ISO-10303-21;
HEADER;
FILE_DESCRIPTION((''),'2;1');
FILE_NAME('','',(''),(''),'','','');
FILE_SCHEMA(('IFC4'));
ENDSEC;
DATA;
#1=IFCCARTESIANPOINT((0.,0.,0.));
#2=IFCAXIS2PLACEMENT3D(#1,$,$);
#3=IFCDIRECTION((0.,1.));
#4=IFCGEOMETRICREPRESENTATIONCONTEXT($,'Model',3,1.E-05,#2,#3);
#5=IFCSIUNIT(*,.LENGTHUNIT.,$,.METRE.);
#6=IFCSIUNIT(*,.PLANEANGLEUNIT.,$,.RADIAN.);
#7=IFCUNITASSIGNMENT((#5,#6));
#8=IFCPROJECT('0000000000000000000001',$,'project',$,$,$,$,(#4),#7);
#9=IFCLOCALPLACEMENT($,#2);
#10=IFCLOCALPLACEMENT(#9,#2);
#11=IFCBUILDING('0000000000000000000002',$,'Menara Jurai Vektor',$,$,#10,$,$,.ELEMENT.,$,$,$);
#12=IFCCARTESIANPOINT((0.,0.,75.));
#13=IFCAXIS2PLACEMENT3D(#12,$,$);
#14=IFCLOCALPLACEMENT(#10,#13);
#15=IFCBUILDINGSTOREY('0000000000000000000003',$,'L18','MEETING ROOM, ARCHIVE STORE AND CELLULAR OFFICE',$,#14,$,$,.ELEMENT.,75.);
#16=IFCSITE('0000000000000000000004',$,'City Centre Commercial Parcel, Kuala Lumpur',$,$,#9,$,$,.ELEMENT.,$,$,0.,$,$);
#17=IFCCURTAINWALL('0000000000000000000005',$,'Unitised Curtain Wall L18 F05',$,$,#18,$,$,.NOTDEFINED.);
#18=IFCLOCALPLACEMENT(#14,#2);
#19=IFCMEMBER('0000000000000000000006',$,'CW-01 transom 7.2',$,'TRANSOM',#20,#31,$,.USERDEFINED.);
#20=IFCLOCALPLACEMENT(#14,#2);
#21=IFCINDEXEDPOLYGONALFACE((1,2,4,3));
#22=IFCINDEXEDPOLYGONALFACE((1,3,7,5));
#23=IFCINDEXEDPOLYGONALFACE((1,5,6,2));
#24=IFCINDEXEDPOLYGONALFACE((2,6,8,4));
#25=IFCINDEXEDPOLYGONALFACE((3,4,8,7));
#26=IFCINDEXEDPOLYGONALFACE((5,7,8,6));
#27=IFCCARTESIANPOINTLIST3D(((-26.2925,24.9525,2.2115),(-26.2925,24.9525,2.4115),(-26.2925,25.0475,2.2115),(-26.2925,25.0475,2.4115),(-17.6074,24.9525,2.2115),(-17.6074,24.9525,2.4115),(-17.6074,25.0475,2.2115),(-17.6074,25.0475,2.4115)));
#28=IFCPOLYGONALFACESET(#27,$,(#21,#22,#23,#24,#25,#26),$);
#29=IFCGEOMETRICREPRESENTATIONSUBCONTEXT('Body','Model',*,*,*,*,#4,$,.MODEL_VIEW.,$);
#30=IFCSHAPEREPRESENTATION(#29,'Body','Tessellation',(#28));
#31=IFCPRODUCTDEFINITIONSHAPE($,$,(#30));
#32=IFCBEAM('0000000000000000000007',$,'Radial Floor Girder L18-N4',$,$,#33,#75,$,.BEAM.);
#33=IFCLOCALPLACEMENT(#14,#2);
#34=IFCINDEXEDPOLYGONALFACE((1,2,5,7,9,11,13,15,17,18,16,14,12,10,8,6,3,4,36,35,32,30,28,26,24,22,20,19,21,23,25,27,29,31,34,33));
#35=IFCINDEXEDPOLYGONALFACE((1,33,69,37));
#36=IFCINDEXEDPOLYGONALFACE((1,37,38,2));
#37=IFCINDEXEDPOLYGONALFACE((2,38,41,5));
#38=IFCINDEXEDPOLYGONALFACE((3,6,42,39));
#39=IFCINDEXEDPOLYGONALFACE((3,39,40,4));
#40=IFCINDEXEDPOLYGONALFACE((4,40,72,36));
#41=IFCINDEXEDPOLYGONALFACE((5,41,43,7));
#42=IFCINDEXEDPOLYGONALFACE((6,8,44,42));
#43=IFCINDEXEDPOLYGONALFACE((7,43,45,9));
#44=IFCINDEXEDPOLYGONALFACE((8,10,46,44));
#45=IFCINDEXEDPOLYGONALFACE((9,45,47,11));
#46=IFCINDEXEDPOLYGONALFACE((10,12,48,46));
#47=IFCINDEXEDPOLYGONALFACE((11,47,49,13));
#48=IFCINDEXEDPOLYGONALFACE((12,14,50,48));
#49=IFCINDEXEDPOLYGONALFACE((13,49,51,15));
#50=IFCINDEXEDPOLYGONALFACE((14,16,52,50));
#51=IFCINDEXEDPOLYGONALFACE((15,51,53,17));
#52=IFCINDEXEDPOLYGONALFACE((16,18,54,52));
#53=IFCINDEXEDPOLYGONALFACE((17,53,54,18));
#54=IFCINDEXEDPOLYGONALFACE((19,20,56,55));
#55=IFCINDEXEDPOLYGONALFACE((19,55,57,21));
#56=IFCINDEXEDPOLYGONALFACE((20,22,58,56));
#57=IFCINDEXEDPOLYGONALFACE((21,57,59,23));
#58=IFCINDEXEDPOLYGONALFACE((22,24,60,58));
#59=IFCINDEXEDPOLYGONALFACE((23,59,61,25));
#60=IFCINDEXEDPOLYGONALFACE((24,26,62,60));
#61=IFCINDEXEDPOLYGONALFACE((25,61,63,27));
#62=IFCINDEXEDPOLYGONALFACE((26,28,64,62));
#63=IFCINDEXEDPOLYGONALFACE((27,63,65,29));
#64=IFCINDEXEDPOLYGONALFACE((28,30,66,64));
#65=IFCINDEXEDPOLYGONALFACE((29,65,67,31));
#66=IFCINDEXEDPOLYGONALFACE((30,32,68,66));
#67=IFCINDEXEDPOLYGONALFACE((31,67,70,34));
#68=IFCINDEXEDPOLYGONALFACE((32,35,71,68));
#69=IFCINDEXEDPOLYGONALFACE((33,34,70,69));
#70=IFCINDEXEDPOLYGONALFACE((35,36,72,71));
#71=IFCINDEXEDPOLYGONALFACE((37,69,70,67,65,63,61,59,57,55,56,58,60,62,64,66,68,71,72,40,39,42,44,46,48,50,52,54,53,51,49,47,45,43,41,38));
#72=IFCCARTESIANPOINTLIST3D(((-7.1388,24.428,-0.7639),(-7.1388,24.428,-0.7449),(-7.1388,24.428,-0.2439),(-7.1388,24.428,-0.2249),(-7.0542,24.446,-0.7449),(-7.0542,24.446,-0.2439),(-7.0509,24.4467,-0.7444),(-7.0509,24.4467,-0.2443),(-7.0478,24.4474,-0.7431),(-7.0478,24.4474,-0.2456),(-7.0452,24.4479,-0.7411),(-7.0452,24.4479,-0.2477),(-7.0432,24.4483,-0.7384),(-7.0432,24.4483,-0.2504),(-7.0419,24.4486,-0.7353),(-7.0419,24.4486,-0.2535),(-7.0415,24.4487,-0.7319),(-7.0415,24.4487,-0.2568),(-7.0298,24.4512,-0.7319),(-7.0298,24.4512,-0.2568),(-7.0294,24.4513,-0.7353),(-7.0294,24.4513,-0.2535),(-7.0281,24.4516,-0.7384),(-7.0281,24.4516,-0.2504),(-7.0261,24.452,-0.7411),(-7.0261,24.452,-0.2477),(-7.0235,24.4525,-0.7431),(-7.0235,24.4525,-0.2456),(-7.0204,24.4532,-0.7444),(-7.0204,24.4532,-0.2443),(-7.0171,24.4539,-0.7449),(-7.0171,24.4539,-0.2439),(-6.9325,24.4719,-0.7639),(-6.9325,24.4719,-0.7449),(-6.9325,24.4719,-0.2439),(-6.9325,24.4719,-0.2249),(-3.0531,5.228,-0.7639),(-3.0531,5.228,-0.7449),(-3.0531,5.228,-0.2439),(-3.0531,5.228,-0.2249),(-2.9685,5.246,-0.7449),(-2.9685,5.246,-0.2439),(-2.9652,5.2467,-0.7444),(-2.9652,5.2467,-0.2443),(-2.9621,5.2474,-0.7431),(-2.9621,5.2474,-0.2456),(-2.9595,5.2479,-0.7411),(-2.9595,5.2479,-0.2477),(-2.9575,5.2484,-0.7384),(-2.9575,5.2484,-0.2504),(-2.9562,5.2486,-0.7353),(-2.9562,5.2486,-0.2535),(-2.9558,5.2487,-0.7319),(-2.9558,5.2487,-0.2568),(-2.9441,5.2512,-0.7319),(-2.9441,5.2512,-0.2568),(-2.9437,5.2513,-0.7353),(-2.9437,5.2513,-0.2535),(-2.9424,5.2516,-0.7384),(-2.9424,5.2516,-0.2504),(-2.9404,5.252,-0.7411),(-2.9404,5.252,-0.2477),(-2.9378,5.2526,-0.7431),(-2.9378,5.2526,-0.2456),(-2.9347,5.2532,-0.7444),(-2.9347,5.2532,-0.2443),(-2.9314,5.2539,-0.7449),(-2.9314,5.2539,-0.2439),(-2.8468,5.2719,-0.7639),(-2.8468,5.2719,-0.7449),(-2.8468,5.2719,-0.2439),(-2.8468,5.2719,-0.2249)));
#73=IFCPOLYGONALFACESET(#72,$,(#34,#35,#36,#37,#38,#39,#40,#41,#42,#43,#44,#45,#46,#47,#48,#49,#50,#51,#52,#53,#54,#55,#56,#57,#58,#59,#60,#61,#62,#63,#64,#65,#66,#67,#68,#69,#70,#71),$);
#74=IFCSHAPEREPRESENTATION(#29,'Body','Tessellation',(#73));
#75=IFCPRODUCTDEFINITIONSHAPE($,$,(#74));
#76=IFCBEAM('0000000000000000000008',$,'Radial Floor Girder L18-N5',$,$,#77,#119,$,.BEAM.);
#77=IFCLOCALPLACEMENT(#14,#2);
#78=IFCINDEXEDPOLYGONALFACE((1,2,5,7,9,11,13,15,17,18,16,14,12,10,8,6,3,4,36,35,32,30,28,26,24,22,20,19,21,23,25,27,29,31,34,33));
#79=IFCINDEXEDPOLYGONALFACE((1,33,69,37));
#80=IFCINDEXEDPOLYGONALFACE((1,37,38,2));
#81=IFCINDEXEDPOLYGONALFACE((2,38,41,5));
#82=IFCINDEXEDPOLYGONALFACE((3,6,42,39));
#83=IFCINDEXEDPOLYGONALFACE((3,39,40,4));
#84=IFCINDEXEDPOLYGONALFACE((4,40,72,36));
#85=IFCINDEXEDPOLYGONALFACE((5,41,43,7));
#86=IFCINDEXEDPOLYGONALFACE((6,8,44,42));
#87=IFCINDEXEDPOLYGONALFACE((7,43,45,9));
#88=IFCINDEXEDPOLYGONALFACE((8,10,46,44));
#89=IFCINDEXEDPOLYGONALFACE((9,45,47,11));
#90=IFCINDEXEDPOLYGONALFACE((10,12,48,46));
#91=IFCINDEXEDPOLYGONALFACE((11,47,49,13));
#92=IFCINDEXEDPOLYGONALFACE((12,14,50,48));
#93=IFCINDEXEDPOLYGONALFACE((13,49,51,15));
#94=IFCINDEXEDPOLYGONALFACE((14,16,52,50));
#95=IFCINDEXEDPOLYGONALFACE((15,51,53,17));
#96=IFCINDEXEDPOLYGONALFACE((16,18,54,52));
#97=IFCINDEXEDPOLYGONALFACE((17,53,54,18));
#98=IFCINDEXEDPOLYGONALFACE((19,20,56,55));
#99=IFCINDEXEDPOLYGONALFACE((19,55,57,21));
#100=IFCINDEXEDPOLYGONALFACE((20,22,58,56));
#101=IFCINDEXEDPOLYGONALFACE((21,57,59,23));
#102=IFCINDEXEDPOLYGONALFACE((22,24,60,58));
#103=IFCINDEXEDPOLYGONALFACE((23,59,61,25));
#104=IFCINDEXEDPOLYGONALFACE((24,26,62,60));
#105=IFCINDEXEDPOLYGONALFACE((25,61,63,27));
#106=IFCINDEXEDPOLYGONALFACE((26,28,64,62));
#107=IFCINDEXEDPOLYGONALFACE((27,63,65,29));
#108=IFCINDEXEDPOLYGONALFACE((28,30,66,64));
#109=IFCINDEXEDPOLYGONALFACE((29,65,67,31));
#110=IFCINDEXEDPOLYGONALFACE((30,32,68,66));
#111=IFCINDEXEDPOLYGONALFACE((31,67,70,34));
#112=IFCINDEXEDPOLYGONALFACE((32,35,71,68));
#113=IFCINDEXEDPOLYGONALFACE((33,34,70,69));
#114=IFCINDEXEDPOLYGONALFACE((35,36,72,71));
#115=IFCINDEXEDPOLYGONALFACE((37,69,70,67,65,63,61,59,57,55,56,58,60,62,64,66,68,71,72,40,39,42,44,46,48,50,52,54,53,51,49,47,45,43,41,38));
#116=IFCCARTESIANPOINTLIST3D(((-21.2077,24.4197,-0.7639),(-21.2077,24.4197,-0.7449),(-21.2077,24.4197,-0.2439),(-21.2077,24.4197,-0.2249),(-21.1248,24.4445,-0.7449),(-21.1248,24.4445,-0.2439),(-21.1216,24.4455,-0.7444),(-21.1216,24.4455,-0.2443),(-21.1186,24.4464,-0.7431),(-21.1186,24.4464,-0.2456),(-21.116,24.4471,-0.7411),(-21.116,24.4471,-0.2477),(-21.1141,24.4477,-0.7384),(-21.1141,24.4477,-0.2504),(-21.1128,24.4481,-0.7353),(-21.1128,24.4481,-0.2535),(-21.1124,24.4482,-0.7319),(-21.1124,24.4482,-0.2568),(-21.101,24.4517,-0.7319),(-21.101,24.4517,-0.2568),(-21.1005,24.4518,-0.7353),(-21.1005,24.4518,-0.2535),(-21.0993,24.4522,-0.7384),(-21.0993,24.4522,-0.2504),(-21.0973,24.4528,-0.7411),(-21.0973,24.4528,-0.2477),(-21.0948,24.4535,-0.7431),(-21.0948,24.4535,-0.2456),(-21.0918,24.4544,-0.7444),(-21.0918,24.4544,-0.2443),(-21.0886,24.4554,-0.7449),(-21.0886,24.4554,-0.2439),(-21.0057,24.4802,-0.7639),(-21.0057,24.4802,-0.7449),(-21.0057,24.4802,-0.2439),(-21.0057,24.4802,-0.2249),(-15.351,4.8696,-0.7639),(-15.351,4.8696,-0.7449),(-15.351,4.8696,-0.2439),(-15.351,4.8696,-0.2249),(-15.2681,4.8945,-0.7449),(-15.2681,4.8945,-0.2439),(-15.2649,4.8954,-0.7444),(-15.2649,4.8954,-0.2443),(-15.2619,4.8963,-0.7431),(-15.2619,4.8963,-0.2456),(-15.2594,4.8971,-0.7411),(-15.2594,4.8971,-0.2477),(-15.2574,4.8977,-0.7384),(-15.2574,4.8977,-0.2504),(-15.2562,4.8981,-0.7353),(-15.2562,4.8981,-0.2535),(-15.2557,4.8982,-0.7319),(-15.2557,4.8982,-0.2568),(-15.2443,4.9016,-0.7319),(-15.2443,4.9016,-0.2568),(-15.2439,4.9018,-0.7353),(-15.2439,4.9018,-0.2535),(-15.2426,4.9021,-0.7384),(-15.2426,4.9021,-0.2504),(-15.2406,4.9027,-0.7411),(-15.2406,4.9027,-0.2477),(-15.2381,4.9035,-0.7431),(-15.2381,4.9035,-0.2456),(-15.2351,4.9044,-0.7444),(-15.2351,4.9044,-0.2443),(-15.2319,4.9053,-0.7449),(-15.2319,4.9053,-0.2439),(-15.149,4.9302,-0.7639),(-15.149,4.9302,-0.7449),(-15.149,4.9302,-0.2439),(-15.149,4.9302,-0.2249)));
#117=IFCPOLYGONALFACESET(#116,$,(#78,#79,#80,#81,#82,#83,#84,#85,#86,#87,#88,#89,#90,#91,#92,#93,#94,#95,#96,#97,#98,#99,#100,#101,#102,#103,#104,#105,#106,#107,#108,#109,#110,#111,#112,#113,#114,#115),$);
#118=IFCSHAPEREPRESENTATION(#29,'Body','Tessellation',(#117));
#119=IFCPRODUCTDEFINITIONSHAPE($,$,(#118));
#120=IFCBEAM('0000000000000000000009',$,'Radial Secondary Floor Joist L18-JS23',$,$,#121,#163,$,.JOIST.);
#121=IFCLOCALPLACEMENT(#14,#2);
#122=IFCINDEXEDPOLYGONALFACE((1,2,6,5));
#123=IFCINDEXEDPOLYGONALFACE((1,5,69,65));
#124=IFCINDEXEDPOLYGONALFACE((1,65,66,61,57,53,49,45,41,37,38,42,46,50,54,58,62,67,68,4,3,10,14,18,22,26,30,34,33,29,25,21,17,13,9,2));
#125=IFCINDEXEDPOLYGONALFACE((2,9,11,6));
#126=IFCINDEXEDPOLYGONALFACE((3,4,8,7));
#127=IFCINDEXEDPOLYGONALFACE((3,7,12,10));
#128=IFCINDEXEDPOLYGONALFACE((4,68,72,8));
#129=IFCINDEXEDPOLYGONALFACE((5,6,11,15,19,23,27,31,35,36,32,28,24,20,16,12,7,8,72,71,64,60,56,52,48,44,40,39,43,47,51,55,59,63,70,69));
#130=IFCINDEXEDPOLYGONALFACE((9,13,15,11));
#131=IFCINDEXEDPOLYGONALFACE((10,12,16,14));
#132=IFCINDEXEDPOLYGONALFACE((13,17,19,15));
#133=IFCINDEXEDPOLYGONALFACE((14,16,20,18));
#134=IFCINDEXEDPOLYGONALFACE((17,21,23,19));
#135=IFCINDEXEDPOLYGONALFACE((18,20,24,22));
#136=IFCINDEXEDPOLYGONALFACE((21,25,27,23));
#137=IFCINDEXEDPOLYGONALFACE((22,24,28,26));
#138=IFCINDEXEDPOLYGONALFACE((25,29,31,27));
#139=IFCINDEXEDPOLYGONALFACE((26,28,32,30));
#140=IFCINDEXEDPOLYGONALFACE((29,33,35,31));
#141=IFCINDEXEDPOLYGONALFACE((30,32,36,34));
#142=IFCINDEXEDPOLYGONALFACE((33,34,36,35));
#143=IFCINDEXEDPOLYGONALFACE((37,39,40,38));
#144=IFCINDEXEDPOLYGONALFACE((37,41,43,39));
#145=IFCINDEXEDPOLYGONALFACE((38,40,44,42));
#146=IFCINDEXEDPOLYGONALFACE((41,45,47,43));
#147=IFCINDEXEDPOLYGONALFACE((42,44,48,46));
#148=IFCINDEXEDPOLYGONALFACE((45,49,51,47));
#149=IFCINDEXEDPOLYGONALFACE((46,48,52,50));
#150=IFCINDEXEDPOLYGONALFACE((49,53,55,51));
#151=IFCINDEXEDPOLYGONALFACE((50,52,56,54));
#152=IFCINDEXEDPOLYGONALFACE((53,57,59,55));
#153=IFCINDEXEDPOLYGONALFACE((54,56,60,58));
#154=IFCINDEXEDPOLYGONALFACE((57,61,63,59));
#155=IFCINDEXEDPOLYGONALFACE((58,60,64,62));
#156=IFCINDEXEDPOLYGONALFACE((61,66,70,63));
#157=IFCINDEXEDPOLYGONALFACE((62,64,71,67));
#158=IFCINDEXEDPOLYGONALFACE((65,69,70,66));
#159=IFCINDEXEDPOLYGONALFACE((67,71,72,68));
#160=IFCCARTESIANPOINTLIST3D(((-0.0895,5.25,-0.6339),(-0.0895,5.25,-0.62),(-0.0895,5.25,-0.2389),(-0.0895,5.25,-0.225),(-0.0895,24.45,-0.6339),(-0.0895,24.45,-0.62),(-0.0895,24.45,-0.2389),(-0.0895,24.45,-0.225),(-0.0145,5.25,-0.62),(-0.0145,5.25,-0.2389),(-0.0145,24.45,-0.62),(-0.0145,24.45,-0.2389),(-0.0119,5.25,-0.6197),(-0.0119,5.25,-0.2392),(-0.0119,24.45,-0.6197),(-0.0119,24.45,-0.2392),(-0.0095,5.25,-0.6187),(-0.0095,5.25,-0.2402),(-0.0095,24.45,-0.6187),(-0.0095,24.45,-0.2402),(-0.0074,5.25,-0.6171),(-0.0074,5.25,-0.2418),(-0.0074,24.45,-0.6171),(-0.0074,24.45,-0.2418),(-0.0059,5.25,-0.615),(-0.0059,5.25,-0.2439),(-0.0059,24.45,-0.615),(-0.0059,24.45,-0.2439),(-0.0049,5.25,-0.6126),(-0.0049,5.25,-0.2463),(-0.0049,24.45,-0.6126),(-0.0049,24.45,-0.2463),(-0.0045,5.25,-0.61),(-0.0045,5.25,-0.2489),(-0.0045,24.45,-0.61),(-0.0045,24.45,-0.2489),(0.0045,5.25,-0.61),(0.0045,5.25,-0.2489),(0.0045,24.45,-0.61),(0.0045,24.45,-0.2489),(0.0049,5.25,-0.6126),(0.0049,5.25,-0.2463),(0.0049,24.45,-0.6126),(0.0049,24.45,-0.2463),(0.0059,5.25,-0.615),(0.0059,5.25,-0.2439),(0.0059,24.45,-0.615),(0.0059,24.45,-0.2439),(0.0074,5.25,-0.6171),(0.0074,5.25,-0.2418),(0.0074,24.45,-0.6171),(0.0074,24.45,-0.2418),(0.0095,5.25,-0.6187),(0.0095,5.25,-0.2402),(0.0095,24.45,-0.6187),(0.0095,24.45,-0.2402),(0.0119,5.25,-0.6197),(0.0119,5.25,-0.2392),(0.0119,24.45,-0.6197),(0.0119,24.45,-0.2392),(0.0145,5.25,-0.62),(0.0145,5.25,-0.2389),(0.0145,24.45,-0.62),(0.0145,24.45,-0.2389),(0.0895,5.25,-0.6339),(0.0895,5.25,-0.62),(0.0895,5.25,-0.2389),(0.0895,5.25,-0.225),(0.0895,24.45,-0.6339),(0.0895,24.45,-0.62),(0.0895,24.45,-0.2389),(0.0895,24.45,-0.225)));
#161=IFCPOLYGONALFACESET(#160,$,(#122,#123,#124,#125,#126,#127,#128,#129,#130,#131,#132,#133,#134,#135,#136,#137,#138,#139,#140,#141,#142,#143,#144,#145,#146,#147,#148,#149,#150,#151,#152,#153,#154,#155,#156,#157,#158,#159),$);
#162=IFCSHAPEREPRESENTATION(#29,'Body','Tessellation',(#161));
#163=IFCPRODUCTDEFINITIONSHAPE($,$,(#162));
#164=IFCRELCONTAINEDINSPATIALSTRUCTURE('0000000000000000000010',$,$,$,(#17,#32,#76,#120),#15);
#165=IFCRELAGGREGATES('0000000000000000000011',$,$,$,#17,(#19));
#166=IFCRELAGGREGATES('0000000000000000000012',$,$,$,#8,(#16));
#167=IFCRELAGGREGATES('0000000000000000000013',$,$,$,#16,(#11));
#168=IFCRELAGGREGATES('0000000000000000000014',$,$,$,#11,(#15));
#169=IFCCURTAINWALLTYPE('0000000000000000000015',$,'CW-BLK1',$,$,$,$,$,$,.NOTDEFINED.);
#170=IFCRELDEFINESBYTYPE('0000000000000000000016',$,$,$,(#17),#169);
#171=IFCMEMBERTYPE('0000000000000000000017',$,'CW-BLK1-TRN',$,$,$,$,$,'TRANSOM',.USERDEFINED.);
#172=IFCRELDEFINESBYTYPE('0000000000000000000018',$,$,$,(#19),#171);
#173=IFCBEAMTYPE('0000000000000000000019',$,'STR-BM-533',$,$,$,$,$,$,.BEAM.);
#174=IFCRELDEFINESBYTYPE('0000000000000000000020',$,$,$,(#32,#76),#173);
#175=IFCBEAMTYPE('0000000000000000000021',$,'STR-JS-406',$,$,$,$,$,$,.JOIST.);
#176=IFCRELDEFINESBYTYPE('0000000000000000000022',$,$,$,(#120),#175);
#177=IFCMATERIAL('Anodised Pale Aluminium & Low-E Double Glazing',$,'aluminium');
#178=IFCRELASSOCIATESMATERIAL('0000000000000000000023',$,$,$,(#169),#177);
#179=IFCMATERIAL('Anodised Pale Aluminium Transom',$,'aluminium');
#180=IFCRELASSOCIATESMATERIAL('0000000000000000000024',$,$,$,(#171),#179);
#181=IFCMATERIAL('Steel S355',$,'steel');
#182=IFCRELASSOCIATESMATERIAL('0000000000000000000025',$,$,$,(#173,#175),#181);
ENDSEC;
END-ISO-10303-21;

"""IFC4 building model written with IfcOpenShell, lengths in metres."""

from ifc_helpers import new_model, si_unit, direction, frame, origin, origin_2d, place, context, subcontext, project, spatial, rectangle, i_section, extrude, material, material_profile, profile_set, type_object, element, aggregate, save


model = new_model("IFC4")

# Units and contexts
model_context = context("Model", 3, precision=1e-05, world=origin(), true_north=direction((0.0, 1.0)))
body_context = subcontext(model_context, "Body", "Model", "MODEL_VIEW")
ifc_project = project(units=[si_unit("LENGTHUNIT", "METRE"), si_unit("PLANEANGLEUNIT", "RADIAN")], contexts=[model_context])

# Site, building, storey
site_placement = place(None, origin())
site = spatial("IfcSite", under=ifc_project, at=site_placement, Name="City Centre Commercial Parcel, Kuala Lumpur", CompositionType="ELEMENT", RefElevation=0.0)
building_placement = place(site_placement, origin())
building = spatial("IfcBuilding", under=site, at=building_placement, Name="Menara Jurai Vektor", CompositionType="ELEMENT")
storey_placement = place(building_placement, frame((0.0, 0.0, 75.0)))
storey = spatial("IfcBuildingStorey", under=building, at=storey_placement, Name="L18", Description="MEETING ROOM, ARCHIVE STORE AND CELLULAR OFFICE", CompositionType="ELEMENT", Elevation=75.0)

# Curtain wall, member
ifc_material_1 = material(Name="Anodised Pale Aluminium & Low-E Double Glazing", Category="aluminium")
curtain_wall_type = type_object("IfcCurtainWallType", Name="CW-BLK1", PredefinedType="NOTDEFINED", material=ifc_material_1)
curtain_wall_placement = place(storey_placement, origin())
curtain_wall = element("IfcCurtainWall", 1, at=curtain_wall_placement, inside=storey, type_object=curtain_wall_type, Name="Unitised Curtain Wall L18 F05", PredefinedType="NOTDEFINED")
ifc_material_2 = material(Name="Anodised Pale Aluminium Transom", Category="aluminium")
ifc_material_profile_1 = material_profile(ifc_material_2, rectangle(XDim=0.095, YDim=0.2, at=origin_2d()), Name="ALU TRN 95x200")
ifc_profile_set_1 = profile_set([ifc_material_profile_1], Name="Anodised Pale Aluminium Transom")
member_type_1 = type_object("IfcMemberType", Name="CW-BLK1-TRN", ElementType="TRANSOM", PredefinedType="USERDEFINED", material=ifc_profile_set_1)
member_1_placement = place(storey_placement, frame((-17.6074, 25.0, 2.3115), z_axis=(-1.0, 0.0, 0.0), x_axis=(0.0, -1.0, 0.0)))
member_1 = element("IfcMember", 2, at=member_1_placement, type_object=member_type_1, Name="CW-01 transom 7.2", ObjectType="TRANSOM", PredefinedType="USERDEFINED", context=body_context, shape_type="SweptSolid", body=[
    extrude(rectangle(XDim=0.095, YDim=0.2, at=origin_2d()), origin(), (0.0, 0.0, 1.0), 8.6851),
])

# Beams
ifc_material_3 = material(Name="Steel S355", Category="steel")
ifc_material_profile_2 = material_profile(ifc_material_3, i_section(OverallWidth=0.2109, OverallDepth=0.5391, WebThickness=0.012, FlangeThickness=0.019, FilletRadius=0.0129, at=origin_2d()), Name="UKB 533x210x109")
ifc_profile_set_2 = profile_set([ifc_material_profile_2], Name="Steel S355")
beam_type_1 = type_object("IfcBeamType", Name="STR-BM-533", PredefinedType="BEAM", material=ifc_profile_set_2)
beam_1_placement = place(storey_placement, frame((-7.0356, 24.45, -0.4944), z_axis=(0.208137, -0.9781, 0.0), x_axis=(0.9781, 0.208137, 0.0)))
element("IfcBeam", 3, at=beam_1_placement, inside=storey, type_object=beam_type_1, Name="Radial Floor Girder L18-N4", PredefinedType="BEAM", context=body_context, shape_type="SweptSolid", body=[
    extrude(i_section(OverallWidth=0.2109, OverallDepth=0.5391, WebThickness=0.012, FlangeThickness=0.019, FilletRadius=0.0129, at=origin_2d()), origin(), (0.0, 0.0, 1.0), 19.6299),
])
beam_2_placement = place(storey_placement, frame((-21.1067, 24.45, -0.4944), z_axis=(0.286974, -0.957938, 0.0), x_axis=(0.957938, 0.286974, 0.0)))
element("IfcBeam", 4, at=beam_2_placement, inside=storey, type_object=beam_type_1, Name="Radial Floor Girder L18-N5", PredefinedType="BEAM", context=body_context, shape_type="SweptSolid", body=[
    extrude(i_section(OverallWidth=0.2109, OverallDepth=0.5391, WebThickness=0.012, FlangeThickness=0.019, FilletRadius=0.0129, at=origin_2d()), origin(), (0.0, 0.0, 1.0), 20.4084),
])
ifc_material_profile_3 = material_profile(ifc_material_3, i_section(OverallWidth=0.179, OverallDepth=0.4089, WebThickness=0.009, FlangeThickness=0.0139, FilletRadius=0.01, at=origin_2d()), Name="UKB 406x178x67")
ifc_profile_set_3 = profile_set([ifc_material_profile_3], Name="Steel S355")
beam_type_2 = type_object("IfcBeamType", Name="STR-JS-406", PredefinedType="JOIST", material=ifc_profile_set_3)
beam_3_placement = place(storey_placement, frame((0.0, 24.45, -0.4294), z_axis=(0.0, -1.0, 0.0), x_axis=(1.0, 0.0, 0.0)))
element("IfcBeam", 5, at=beam_3_placement, inside=storey, type_object=beam_type_2, Name="Radial Secondary Floor Joist L18-JS23", PredefinedType="JOIST", context=body_context, shape_type="SweptSolid", body=[
    extrude(i_section(OverallWidth=0.179, OverallDepth=0.4089, WebThickness=0.009, FlangeThickness=0.0139, FilletRadius=0.01, at=origin_2d()), origin(), (0.0, 0.0, 1.0), 19.2),
])

aggregate(curtain_wall, [member_1])

save(model, "model.ifc")
